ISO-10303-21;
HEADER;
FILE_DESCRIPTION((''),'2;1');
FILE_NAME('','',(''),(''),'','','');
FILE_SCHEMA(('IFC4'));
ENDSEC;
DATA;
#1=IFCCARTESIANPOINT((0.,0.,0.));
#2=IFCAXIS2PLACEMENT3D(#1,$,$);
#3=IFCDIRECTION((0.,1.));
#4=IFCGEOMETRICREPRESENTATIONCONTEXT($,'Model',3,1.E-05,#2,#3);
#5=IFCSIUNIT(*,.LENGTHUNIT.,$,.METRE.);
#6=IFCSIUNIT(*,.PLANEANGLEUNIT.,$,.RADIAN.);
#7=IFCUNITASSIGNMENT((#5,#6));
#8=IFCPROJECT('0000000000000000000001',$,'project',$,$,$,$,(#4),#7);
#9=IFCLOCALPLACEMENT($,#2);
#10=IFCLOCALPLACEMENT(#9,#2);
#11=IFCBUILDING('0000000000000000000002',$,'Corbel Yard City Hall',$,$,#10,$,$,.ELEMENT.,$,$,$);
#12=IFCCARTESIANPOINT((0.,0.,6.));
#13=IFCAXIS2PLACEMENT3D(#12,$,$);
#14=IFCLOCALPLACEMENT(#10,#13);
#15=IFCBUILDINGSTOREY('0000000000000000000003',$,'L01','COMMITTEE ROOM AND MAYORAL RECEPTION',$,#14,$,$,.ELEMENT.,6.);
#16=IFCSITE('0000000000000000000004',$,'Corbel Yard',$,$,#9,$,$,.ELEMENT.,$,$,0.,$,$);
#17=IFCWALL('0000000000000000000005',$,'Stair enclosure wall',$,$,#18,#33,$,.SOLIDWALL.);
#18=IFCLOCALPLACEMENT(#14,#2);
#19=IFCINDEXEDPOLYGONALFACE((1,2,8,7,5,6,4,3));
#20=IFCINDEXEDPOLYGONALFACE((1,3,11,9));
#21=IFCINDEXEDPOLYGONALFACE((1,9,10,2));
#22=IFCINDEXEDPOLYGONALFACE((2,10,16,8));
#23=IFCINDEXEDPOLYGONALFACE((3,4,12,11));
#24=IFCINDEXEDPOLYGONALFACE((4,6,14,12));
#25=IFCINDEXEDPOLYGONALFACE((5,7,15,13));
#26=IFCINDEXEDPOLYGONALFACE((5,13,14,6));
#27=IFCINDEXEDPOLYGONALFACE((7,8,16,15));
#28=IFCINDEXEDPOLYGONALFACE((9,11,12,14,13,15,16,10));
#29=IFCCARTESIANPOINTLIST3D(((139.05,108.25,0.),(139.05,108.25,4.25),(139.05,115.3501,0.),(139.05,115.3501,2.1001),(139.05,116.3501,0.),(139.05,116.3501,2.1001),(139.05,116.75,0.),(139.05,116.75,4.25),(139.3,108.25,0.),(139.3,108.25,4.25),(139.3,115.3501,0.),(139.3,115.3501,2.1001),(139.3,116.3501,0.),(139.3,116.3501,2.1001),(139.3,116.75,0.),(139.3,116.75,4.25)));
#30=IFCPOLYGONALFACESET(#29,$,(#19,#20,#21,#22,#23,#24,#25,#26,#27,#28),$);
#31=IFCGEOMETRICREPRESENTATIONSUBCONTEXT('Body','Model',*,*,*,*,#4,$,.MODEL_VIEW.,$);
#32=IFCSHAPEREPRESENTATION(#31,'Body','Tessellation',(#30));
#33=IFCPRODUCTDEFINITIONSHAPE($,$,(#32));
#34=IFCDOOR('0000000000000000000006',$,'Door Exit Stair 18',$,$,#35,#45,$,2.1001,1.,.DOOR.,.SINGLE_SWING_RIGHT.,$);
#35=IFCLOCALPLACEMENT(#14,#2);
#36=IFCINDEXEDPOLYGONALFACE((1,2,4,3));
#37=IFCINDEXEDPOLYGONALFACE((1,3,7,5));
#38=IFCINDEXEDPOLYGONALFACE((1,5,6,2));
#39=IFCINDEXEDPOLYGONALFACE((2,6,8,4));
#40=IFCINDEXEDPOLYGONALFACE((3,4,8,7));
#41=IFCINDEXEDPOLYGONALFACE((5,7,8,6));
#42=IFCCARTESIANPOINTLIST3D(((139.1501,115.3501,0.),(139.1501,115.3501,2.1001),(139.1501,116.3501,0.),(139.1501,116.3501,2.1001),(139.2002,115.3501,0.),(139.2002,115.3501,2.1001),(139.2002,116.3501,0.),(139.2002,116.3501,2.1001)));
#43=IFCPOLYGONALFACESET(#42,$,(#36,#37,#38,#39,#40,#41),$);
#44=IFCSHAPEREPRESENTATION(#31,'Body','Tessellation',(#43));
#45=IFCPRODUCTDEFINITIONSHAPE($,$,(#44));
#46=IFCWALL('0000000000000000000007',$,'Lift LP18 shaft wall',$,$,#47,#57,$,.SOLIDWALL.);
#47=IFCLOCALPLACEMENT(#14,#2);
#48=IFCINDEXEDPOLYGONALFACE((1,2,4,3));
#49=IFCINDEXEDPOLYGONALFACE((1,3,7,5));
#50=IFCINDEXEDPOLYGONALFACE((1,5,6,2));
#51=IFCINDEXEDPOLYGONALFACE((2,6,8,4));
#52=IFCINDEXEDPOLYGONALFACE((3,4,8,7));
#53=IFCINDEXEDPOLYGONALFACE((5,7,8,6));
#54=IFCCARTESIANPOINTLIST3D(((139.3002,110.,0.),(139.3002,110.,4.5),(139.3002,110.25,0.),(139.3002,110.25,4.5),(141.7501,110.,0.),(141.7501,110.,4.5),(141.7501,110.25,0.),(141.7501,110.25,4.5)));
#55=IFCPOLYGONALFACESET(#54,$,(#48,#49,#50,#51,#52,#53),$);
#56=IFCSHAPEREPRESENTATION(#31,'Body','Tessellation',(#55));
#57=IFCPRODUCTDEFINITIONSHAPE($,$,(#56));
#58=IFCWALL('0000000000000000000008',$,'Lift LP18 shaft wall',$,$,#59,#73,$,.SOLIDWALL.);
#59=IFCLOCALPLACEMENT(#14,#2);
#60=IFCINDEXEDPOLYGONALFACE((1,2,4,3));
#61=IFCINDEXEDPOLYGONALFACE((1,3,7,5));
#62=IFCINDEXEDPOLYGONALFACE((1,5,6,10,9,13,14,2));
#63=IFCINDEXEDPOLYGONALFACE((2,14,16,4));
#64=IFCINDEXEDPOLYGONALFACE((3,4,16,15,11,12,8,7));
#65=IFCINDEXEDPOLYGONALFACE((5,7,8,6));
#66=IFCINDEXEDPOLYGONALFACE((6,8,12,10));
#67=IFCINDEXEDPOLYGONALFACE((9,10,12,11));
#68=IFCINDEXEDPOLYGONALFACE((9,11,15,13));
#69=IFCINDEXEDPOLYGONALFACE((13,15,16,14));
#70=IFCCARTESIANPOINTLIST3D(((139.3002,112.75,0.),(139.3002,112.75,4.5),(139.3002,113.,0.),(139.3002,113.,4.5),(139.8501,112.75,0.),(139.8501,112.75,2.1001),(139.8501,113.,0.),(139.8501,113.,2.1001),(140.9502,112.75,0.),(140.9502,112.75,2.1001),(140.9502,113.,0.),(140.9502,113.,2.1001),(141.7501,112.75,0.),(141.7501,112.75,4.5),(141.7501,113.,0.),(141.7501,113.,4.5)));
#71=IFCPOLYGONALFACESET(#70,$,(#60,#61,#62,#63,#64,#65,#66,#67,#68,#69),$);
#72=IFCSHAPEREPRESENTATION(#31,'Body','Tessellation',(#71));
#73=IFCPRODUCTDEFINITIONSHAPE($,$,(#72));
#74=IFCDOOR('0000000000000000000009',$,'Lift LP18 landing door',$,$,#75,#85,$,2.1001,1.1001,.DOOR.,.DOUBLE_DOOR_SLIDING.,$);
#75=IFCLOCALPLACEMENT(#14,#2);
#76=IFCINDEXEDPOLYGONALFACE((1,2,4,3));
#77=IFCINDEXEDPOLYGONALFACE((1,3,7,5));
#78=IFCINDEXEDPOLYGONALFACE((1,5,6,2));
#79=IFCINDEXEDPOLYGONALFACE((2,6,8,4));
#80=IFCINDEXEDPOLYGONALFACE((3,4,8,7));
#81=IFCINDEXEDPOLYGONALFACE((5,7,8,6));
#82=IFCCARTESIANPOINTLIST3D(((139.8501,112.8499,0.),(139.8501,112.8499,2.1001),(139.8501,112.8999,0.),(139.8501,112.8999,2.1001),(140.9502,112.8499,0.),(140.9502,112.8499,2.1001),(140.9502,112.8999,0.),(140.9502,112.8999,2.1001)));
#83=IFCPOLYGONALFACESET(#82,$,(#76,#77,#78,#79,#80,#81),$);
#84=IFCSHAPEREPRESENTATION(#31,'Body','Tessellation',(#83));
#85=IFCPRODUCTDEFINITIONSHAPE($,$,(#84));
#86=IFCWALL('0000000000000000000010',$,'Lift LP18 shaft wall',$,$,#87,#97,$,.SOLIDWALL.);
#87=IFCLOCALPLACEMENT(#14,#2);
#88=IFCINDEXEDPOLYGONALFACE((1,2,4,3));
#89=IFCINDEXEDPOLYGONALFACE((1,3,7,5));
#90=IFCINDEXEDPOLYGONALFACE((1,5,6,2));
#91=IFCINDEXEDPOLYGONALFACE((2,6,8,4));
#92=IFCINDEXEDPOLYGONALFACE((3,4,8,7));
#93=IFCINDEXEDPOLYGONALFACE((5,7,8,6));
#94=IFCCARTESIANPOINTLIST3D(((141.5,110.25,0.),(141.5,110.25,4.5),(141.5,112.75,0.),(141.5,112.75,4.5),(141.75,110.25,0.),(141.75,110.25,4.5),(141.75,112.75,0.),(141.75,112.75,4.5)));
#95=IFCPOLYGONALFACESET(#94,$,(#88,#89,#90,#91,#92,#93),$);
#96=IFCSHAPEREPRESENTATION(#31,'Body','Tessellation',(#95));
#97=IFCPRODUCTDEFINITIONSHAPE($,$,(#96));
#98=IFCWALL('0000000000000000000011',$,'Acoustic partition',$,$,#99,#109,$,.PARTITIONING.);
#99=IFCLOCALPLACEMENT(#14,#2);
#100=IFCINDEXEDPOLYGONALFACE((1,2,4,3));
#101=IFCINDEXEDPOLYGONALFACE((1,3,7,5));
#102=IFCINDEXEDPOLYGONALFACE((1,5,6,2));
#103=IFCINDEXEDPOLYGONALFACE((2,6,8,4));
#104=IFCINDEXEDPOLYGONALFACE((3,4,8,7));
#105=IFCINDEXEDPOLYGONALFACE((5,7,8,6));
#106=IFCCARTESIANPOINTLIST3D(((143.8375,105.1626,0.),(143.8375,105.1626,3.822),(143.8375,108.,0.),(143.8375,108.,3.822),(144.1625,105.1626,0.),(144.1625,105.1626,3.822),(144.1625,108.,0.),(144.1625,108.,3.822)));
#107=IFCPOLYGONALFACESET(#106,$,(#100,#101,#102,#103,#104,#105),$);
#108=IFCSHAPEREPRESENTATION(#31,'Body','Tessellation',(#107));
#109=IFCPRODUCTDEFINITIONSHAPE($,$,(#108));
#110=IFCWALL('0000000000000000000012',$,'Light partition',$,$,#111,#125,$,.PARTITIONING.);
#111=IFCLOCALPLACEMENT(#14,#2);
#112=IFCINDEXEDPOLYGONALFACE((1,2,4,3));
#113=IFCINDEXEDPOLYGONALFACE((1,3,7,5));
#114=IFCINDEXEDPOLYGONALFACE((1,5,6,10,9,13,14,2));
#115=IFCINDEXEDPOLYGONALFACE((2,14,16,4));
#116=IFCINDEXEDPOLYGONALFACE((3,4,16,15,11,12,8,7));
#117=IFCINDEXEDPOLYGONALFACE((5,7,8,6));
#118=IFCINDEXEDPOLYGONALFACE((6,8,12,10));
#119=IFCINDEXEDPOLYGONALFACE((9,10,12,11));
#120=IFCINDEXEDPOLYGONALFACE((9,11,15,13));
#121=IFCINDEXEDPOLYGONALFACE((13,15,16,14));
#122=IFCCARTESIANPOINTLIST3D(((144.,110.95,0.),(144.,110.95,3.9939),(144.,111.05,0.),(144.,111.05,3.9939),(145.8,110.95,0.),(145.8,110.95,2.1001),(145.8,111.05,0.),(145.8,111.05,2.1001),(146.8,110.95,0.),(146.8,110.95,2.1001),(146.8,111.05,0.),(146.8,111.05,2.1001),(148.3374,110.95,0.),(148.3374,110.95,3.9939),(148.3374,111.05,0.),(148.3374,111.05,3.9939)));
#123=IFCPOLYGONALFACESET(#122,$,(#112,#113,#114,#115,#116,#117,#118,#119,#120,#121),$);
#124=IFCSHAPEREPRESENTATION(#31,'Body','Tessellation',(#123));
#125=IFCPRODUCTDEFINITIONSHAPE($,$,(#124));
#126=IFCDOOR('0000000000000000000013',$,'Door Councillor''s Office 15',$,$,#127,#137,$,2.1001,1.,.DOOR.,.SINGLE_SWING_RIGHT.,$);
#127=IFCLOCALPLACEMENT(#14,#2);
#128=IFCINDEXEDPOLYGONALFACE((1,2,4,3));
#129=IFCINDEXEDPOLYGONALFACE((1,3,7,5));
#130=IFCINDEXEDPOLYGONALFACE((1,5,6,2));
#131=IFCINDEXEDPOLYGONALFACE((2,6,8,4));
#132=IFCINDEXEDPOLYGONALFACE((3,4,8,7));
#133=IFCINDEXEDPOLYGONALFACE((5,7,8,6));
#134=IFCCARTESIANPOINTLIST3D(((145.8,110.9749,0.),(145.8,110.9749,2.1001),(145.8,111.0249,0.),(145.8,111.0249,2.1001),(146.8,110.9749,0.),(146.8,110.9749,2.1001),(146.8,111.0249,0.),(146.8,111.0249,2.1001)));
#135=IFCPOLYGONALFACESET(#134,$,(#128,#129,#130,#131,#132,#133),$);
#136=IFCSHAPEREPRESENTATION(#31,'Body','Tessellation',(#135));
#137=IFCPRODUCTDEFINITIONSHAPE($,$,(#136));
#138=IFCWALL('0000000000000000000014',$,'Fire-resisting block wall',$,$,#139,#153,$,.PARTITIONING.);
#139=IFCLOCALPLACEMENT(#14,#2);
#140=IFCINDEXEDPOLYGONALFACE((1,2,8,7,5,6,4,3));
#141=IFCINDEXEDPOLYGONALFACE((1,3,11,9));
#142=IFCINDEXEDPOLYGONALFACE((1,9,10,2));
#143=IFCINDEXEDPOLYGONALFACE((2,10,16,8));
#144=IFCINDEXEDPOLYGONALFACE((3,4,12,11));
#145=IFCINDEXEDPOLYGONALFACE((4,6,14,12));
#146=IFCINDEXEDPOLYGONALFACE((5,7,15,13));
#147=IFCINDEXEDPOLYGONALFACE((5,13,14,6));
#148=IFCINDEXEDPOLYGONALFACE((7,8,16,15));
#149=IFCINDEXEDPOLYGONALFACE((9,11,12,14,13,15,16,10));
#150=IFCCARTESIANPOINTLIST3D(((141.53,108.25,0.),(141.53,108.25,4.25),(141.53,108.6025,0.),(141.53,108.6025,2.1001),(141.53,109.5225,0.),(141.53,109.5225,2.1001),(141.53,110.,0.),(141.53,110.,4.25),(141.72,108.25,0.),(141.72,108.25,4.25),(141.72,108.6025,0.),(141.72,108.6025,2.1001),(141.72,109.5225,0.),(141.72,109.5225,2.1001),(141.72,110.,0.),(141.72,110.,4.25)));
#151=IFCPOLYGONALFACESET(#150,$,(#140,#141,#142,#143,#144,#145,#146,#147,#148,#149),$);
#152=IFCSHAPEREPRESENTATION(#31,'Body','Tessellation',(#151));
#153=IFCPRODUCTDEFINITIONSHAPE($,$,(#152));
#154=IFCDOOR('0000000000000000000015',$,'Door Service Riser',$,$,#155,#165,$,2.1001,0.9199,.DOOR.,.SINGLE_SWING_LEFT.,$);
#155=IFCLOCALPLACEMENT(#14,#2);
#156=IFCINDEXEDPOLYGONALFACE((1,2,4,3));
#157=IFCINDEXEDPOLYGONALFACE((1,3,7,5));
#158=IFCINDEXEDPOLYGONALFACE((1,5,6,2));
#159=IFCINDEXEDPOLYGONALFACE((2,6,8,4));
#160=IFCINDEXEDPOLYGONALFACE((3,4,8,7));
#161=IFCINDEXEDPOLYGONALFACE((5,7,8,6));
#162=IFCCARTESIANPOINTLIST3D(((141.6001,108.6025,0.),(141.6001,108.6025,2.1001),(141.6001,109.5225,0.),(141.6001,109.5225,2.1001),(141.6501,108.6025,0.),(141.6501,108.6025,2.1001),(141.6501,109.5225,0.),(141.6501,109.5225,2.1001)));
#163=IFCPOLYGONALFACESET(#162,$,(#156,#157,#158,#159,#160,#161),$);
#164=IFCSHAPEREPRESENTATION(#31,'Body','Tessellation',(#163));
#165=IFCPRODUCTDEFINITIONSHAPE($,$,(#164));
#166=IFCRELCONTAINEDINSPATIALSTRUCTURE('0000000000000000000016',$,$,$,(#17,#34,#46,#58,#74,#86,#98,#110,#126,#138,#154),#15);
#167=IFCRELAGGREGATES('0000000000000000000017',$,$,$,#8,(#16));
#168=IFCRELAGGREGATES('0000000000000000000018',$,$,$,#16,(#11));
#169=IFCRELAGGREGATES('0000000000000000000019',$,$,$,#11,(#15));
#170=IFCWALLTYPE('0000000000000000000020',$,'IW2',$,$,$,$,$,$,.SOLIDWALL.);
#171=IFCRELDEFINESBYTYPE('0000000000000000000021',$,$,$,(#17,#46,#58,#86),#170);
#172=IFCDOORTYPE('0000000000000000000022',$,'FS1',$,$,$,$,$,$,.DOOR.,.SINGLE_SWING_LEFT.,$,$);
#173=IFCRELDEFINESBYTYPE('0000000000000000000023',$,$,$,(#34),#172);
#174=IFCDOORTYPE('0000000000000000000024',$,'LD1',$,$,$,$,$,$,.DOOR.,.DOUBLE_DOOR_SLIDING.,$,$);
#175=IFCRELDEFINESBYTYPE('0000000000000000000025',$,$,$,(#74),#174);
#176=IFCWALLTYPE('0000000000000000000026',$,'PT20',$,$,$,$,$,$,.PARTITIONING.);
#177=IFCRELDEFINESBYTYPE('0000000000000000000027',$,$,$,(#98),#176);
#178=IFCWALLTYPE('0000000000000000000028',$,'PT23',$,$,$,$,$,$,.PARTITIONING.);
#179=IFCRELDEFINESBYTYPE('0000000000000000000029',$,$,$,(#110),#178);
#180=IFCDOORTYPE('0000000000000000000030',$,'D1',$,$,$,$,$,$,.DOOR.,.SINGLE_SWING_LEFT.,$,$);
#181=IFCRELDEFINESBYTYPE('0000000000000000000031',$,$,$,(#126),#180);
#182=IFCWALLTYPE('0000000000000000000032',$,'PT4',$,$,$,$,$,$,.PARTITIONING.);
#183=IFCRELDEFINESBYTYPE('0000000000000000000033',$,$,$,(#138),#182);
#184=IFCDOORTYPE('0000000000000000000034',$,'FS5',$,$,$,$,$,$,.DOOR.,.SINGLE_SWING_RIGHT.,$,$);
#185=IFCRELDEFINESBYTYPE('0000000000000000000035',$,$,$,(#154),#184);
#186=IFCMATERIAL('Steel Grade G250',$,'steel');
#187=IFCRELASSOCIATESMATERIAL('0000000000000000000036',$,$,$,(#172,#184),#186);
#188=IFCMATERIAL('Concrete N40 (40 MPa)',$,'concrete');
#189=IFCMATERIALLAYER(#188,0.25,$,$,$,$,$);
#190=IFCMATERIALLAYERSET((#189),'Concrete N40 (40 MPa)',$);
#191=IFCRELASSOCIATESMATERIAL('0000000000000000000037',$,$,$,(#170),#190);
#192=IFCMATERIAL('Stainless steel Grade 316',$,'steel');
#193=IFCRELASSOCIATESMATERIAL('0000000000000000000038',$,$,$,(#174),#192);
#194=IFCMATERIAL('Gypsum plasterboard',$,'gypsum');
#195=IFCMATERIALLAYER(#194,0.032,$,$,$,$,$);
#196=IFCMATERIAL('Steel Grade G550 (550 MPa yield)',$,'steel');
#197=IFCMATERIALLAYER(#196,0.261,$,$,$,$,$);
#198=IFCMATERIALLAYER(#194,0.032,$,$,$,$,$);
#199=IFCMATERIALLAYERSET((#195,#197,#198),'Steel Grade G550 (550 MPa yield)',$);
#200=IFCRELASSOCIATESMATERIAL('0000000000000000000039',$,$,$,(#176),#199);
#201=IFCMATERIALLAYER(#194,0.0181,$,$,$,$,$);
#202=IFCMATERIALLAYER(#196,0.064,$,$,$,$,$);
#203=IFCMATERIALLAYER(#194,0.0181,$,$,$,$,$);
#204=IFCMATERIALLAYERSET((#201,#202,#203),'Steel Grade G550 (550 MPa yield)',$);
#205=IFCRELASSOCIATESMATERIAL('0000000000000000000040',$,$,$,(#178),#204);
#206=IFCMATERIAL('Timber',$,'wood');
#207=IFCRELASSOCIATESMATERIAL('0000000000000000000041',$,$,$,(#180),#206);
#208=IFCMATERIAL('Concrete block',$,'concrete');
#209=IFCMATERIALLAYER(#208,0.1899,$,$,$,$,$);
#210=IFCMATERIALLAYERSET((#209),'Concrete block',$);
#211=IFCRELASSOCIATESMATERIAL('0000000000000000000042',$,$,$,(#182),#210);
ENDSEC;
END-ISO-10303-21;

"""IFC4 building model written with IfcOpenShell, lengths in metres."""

from ifc_helpers import new_model, si_unit, direction, frame, frame_2d, origin, place, context, subcontext, project, spatial, rectangle, extrude, material, layer, layer_set, type_object, element, fill, save


model = new_model("IFC4")

# Units and contexts
model_context = context("Model", 3, precision=1e-05, world=origin(), true_north=direction((0.0, 1.0)))
body_context = subcontext(model_context, "Body", "Model", "MODEL_VIEW")
ifc_project = project(units=[si_unit("LENGTHUNIT", "METRE"), si_unit("PLANEANGLEUNIT", "RADIAN")], contexts=[model_context])

# Site, building, storey
site_placement = place(None, origin())
site = spatial("IfcSite", under=ifc_project, at=site_placement, Name="Corbel Yard", CompositionType="ELEMENT", RefElevation=0.0)
building_placement = place(site_placement, origin())
building = spatial("IfcBuilding", under=site, at=building_placement, Name="Corbel Yard City Hall", CompositionType="ELEMENT")
storey_placement = place(building_placement, frame((0.0, 0.0, 6.0)))
storey = spatial("IfcBuildingStorey", under=building, at=storey_placement, Name="L01", Description="COMMITTEE ROOM AND MAYORAL RECEPTION", CompositionType="ELEMENT", Elevation=6.0)

# Wall, opening, door
ifc_material_1 = material(Name="Steel Grade G250", Category="steel")
door_type_1 = type_object("IfcDoorType", Name="FS1", OperationType="SINGLE_SWING_LEFT", PredefinedType="DOOR", material=ifc_material_1)
ifc_material_2 = material(Name="Concrete N40 (40 MPa)", Category="concrete")
ifc_layer_1 = layer(ifc_material_2, 0.25)
ifc_layer_set_1 = layer_set([ifc_layer_1], Name="Concrete N40 (40 MPa)")
wall_type_1 = type_object("IfcWallType", Name="IW2", PredefinedType="SOLIDWALL", material=ifc_layer_set_1)
wall_1_placement = place(storey_placement, frame((139.175, 116.75, 0.0), z_axis=(0.0, 0.0, 1.0), x_axis=(0.0, -1.0, 0.0)))
wall_1 = element("IfcWall", 1, at=wall_1_placement, inside=storey, type_object=wall_type_1, Name="Stair enclosure wall", PredefinedType="SOLIDWALL", context=body_context, shape_type="SweptSolid", body=[
    extrude(rectangle(XDim=8.5, YDim=0.25, at=frame_2d((4.25, 0.0))), origin(), (0.0, 0.0, 1.0), 4.25),
])
opening_1_placement = place(wall_1_placement, frame((0.3999, 0.0, 0.0)))
opening_1 = element("IfcOpeningElement", 2, at=opening_1_placement, cuts=wall_1, PredefinedType="OPENING", context=body_context, shape_type="SweptSolid", body=[
    extrude(rectangle(XDim=1.0, YDim=2.1001, at=frame_2d((0.5, 1.05))), frame((0.0, 0.135, 0.0), z_axis=(0.0, -1.0, 0.0), x_axis=(1.0, 0.0, 0.0)), (0.0, 0.0, 1.0), 0.27),
])
door_1_placement = place(opening_1_placement, frame((1.0, 0.0, 0.0), z_axis=(0.0, 0.0, 1.0), x_axis=(-1.0, 0.0, 0.0)))
door_1 = element("IfcDoor", 3, at=door_1_placement, inside=storey, type_object=door_type_1, Name="Door Exit Stair 18", OperationType="SINGLE_SWING_RIGHT", OverallHeight=2.1001, OverallWidth=1.0, PredefinedType="DOOR", context=body_context, shape_type="SweptSolid", body=[
    extrude(rectangle(XDim=1.0, YDim=2.1001, at=frame_2d((0.5, 1.05))), frame((0.0, 0.0249, 0.0), z_axis=(0.0, -1.0, 0.0), x_axis=(1.0, 0.0, 0.0)), (0.0, 0.0, 1.0), 0.05),
])
fill(opening_1, door_1)

# Wall
wall_2_placement = place(storey_placement, frame((139.3, 110.125, 0.0), z_axis=(0.0, 0.0, 1.0), x_axis=(1.0, 0.0, 0.0)))
element("IfcWall", 4, at=wall_2_placement, inside=storey, type_object=wall_type_1, Name="Lift LP18 shaft wall", PredefinedType="SOLIDWALL", context=body_context, shape_type="SweptSolid", body=[
    extrude(rectangle(XDim=2.45, YDim=0.25, at=frame_2d((1.2251, 0.0))), origin(), (0.0, 0.0, 1.0), 4.5),
])

# Wall, opening, door
wall_3_placement = place(storey_placement, frame((139.3, 112.875, 0.0), z_axis=(0.0, 0.0, 1.0), x_axis=(1.0, 0.0, 0.0)))
wall_3 = element("IfcWall", 5, at=wall_3_placement, inside=storey, type_object=wall_type_1, Name="Lift LP18 shaft wall", PredefinedType="SOLIDWALL", context=body_context, shape_type="SweptSolid", body=[
    extrude(rectangle(XDim=2.45, YDim=0.25, at=frame_2d((1.2251, 0.0))), origin(), (0.0, 0.0, 1.0), 4.5),
])
opening_2_placement = place(wall_3_placement, frame((0.55, 0.0, 0.0)))
opening_2 = element("IfcOpeningElement", 6, at=opening_2_placement, cuts=wall_3, PredefinedType="OPENING", context=body_context, shape_type="SweptSolid", body=[
    extrude(rectangle(XDim=1.1001, YDim=2.1001, at=frame_2d((0.55, 1.05))), frame((0.0, 0.135, 0.0), z_axis=(0.0, -1.0, 0.0), x_axis=(1.0, 0.0, 0.0)), (0.0, 0.0, 1.0), 0.27),
])
ifc_material_3 = material(Name="Stainless steel Grade 316", Category="steel")
door_type_2 = type_object("IfcDoorType", Name="LD1", OperationType="DOUBLE_DOOR_SLIDING", PredefinedType="DOOR", material=ifc_material_3)
door_2_placement = place(opening_2_placement, origin())
door_2 = element("IfcDoor", 7, at=door_2_placement, inside=storey, type_object=door_type_2, Name="Lift LP18 landing door", OperationType="DOUBLE_DOOR_SLIDING", OverallHeight=2.1001, OverallWidth=1.1001, PredefinedType="DOOR", context=body_context, shape_type="SweptSolid", body=[
    extrude(rectangle(XDim=1.1001, YDim=2.1001, at=frame_2d((0.55, 1.05))), frame((0.0, 0.0249, 0.0), z_axis=(0.0, -1.0, 0.0), x_axis=(1.0, 0.0, 0.0)), (0.0, 0.0, 1.0), 0.05),
])
fill(opening_2, door_2)

# Walls
wall_4_placement = place(storey_placement, frame((141.625, 110.25, 0.0), z_axis=(0.0, 0.0, 1.0), x_axis=(0.0, 1.0, 0.0)))
element("IfcWall", 8, at=wall_4_placement, inside=storey, type_object=wall_type_1, Name="Lift LP18 shaft wall", PredefinedType="SOLIDWALL", context=body_context, shape_type="SweptSolid", body=[
    extrude(rectangle(XDim=2.5, YDim=0.25, at=frame_2d((1.25, 0.0))), origin(), (0.0, 0.0, 1.0), 4.5),
])
ifc_material_4 = material(Name="Gypsum plasterboard", Category="gypsum")
ifc_layer_2 = layer(ifc_material_4, 0.032)
ifc_material_5 = material(Name="Steel Grade G550 (550 MPa yield)", Category="steel")
ifc_layer_3 = layer(ifc_material_5, 0.261)
ifc_layer_4 = layer(ifc_material_4, 0.032)
ifc_layer_set_2 = layer_set([ifc_layer_2, ifc_layer_3, ifc_layer_4], Name="Steel Grade G550 (550 MPa yield)")
wall_type_2 = type_object("IfcWallType", Name="PT20", PredefinedType="PARTITIONING", material=ifc_layer_set_2)
wall_5_placement = place(storey_placement, frame((144.0, 105.1626, 0.0), z_axis=(0.0, 0.0, 1.0), x_axis=(0.0, 1.0, 0.0)))
element("IfcWall", 9, at=wall_5_placement, inside=storey, type_object=wall_type_2, Name="Acoustic partition", PredefinedType="PARTITIONING", context=body_context, shape_type="SweptSolid", body=[
    extrude(rectangle(XDim=2.8374, YDim=0.325, at=frame_2d((1.4187, 0.0))), origin(), (0.0, 0.0, 1.0), 3.822),
])

# Walls, openings, doors
ifc_layer_5 = layer(ifc_material_4, 0.0181)
ifc_layer_6 = layer(ifc_material_5, 0.064)
ifc_layer_7 = layer(ifc_material_4, 0.0181)
ifc_layer_set_3 = layer_set([ifc_layer_5, ifc_layer_6, ifc_layer_7], Name="Steel Grade G550 (550 MPa yield)")
wall_type_3 = type_object("IfcWallType", Name="PT23", PredefinedType="PARTITIONING", material=ifc_layer_set_3)
wall_6_placement = place(storey_placement, frame((144.0, 111.0, 0.0), z_axis=(0.0, 0.0, 1.0), x_axis=(1.0, 0.0, 0.0)))
wall_6 = element("IfcWall", 10, at=wall_6_placement, inside=storey, type_object=wall_type_3, Name="Light partition", PredefinedType="PARTITIONING", context=body_context, shape_type="SweptSolid", body=[
    extrude(rectangle(XDim=4.3374, YDim=0.1001, at=frame_2d((2.1687, 0.0))), origin(), (0.0, 0.0, 1.0), 3.9939),
])
opening_3_placement = place(wall_6_placement, frame((1.8, 0.0, 0.0)))
opening_3 = element("IfcOpeningElement", 11, at=opening_3_placement, cuts=wall_6, PredefinedType="OPENING", context=body_context, shape_type="SweptSolid", body=[
    extrude(rectangle(XDim=1.0, YDim=2.1001, at=frame_2d((0.5, 1.05))), frame((0.0, 0.0601, 0.0), z_axis=(0.0, -1.0, 0.0), x_axis=(1.0, 0.0, 0.0)), (0.0, 0.0, 1.0), 0.1201),
])
ifc_material_6 = material(Name="Timber", Category="wood")
door_type_3 = type_object("IfcDoorType", Name="D1", OperationType="SINGLE_SWING_LEFT", PredefinedType="DOOR", material=ifc_material_6)
door_3_placement = place(opening_3_placement, origin())
door_3 = element("IfcDoor", 12, at=door_3_placement, inside=storey, type_object=door_type_3, Name="Door Councillor's Office 15", OperationType="SINGLE_SWING_RIGHT", OverallHeight=2.1001, OverallWidth=1.0, PredefinedType="DOOR", context=body_context, shape_type="SweptSolid", body=[
    extrude(rectangle(XDim=1.0, YDim=2.1001, at=frame_2d((0.5, 1.05))), frame((0.0, 0.0249, 0.0), z_axis=(0.0, -1.0, 0.0), x_axis=(1.0, 0.0, 0.0)), (0.0, 0.0, 1.0), 0.05),
])
fill(opening_3, door_3)
ifc_material_7 = material(Name="Concrete block", Category="concrete")
ifc_layer_8 = layer(ifc_material_7, 0.1899)
ifc_layer_set_4 = layer_set([ifc_layer_8], Name="Concrete block")
wall_type_4 = type_object("IfcWallType", Name="PT4", PredefinedType="PARTITIONING", material=ifc_layer_set_4)
wall_7_placement = place(storey_placement, frame((141.625, 108.25, 0.0), z_axis=(0.0, 0.0, 1.0), x_axis=(0.0, 1.0, 0.0)))
wall_7 = element("IfcWall", 13, at=wall_7_placement, inside=storey, type_object=wall_type_4, Name="Fire-resisting block wall", PredefinedType="PARTITIONING", context=body_context, shape_type="SweptSolid", body=[
    extrude(rectangle(XDim=1.75, YDim=0.1899, at=frame_2d((0.875, 0.0))), origin(), (0.0, 0.0, 1.0), 4.25),
])
opening_4_placement = place(wall_7_placement, frame((0.3525, 0.0, 0.0)))
opening_4 = element("IfcOpeningElement", 14, at=opening_4_placement, cuts=wall_7, PredefinedType="OPENING", context=body_context, shape_type="SweptSolid", body=[
    extrude(rectangle(XDim=0.9199, YDim=2.1001, at=frame_2d((0.46, 1.05))), frame((0.0, 0.105, 0.0), z_axis=(0.0, -1.0, 0.0), x_axis=(1.0, 0.0, 0.0)), (0.0, 0.0, 1.0), 0.21),
])
door_type_4 = type_object("IfcDoorType", Name="FS5", OperationType="SINGLE_SWING_RIGHT", PredefinedType="DOOR", material=ifc_material_1)
door_4_placement = place(opening_4_placement, origin())
door_4 = element("IfcDoor", 15, at=door_4_placement, inside=storey, type_object=door_type_4, Name="Door Service Riser", OperationType="SINGLE_SWING_LEFT", OverallHeight=2.1001, OverallWidth=0.9199, PredefinedType="DOOR", context=body_context, shape_type="SweptSolid", body=[
    extrude(rectangle(XDim=0.9199, YDim=2.1001, at=frame_2d((0.46, 1.05))), frame((0.0, 0.0249, 0.0), z_axis=(0.0, -1.0, 0.0), x_axis=(1.0, 0.0, 0.0)), (0.0, 0.0, 1.0), 0.05),
])
fill(opening_4, door_4)

save(model, "model.ifc")
